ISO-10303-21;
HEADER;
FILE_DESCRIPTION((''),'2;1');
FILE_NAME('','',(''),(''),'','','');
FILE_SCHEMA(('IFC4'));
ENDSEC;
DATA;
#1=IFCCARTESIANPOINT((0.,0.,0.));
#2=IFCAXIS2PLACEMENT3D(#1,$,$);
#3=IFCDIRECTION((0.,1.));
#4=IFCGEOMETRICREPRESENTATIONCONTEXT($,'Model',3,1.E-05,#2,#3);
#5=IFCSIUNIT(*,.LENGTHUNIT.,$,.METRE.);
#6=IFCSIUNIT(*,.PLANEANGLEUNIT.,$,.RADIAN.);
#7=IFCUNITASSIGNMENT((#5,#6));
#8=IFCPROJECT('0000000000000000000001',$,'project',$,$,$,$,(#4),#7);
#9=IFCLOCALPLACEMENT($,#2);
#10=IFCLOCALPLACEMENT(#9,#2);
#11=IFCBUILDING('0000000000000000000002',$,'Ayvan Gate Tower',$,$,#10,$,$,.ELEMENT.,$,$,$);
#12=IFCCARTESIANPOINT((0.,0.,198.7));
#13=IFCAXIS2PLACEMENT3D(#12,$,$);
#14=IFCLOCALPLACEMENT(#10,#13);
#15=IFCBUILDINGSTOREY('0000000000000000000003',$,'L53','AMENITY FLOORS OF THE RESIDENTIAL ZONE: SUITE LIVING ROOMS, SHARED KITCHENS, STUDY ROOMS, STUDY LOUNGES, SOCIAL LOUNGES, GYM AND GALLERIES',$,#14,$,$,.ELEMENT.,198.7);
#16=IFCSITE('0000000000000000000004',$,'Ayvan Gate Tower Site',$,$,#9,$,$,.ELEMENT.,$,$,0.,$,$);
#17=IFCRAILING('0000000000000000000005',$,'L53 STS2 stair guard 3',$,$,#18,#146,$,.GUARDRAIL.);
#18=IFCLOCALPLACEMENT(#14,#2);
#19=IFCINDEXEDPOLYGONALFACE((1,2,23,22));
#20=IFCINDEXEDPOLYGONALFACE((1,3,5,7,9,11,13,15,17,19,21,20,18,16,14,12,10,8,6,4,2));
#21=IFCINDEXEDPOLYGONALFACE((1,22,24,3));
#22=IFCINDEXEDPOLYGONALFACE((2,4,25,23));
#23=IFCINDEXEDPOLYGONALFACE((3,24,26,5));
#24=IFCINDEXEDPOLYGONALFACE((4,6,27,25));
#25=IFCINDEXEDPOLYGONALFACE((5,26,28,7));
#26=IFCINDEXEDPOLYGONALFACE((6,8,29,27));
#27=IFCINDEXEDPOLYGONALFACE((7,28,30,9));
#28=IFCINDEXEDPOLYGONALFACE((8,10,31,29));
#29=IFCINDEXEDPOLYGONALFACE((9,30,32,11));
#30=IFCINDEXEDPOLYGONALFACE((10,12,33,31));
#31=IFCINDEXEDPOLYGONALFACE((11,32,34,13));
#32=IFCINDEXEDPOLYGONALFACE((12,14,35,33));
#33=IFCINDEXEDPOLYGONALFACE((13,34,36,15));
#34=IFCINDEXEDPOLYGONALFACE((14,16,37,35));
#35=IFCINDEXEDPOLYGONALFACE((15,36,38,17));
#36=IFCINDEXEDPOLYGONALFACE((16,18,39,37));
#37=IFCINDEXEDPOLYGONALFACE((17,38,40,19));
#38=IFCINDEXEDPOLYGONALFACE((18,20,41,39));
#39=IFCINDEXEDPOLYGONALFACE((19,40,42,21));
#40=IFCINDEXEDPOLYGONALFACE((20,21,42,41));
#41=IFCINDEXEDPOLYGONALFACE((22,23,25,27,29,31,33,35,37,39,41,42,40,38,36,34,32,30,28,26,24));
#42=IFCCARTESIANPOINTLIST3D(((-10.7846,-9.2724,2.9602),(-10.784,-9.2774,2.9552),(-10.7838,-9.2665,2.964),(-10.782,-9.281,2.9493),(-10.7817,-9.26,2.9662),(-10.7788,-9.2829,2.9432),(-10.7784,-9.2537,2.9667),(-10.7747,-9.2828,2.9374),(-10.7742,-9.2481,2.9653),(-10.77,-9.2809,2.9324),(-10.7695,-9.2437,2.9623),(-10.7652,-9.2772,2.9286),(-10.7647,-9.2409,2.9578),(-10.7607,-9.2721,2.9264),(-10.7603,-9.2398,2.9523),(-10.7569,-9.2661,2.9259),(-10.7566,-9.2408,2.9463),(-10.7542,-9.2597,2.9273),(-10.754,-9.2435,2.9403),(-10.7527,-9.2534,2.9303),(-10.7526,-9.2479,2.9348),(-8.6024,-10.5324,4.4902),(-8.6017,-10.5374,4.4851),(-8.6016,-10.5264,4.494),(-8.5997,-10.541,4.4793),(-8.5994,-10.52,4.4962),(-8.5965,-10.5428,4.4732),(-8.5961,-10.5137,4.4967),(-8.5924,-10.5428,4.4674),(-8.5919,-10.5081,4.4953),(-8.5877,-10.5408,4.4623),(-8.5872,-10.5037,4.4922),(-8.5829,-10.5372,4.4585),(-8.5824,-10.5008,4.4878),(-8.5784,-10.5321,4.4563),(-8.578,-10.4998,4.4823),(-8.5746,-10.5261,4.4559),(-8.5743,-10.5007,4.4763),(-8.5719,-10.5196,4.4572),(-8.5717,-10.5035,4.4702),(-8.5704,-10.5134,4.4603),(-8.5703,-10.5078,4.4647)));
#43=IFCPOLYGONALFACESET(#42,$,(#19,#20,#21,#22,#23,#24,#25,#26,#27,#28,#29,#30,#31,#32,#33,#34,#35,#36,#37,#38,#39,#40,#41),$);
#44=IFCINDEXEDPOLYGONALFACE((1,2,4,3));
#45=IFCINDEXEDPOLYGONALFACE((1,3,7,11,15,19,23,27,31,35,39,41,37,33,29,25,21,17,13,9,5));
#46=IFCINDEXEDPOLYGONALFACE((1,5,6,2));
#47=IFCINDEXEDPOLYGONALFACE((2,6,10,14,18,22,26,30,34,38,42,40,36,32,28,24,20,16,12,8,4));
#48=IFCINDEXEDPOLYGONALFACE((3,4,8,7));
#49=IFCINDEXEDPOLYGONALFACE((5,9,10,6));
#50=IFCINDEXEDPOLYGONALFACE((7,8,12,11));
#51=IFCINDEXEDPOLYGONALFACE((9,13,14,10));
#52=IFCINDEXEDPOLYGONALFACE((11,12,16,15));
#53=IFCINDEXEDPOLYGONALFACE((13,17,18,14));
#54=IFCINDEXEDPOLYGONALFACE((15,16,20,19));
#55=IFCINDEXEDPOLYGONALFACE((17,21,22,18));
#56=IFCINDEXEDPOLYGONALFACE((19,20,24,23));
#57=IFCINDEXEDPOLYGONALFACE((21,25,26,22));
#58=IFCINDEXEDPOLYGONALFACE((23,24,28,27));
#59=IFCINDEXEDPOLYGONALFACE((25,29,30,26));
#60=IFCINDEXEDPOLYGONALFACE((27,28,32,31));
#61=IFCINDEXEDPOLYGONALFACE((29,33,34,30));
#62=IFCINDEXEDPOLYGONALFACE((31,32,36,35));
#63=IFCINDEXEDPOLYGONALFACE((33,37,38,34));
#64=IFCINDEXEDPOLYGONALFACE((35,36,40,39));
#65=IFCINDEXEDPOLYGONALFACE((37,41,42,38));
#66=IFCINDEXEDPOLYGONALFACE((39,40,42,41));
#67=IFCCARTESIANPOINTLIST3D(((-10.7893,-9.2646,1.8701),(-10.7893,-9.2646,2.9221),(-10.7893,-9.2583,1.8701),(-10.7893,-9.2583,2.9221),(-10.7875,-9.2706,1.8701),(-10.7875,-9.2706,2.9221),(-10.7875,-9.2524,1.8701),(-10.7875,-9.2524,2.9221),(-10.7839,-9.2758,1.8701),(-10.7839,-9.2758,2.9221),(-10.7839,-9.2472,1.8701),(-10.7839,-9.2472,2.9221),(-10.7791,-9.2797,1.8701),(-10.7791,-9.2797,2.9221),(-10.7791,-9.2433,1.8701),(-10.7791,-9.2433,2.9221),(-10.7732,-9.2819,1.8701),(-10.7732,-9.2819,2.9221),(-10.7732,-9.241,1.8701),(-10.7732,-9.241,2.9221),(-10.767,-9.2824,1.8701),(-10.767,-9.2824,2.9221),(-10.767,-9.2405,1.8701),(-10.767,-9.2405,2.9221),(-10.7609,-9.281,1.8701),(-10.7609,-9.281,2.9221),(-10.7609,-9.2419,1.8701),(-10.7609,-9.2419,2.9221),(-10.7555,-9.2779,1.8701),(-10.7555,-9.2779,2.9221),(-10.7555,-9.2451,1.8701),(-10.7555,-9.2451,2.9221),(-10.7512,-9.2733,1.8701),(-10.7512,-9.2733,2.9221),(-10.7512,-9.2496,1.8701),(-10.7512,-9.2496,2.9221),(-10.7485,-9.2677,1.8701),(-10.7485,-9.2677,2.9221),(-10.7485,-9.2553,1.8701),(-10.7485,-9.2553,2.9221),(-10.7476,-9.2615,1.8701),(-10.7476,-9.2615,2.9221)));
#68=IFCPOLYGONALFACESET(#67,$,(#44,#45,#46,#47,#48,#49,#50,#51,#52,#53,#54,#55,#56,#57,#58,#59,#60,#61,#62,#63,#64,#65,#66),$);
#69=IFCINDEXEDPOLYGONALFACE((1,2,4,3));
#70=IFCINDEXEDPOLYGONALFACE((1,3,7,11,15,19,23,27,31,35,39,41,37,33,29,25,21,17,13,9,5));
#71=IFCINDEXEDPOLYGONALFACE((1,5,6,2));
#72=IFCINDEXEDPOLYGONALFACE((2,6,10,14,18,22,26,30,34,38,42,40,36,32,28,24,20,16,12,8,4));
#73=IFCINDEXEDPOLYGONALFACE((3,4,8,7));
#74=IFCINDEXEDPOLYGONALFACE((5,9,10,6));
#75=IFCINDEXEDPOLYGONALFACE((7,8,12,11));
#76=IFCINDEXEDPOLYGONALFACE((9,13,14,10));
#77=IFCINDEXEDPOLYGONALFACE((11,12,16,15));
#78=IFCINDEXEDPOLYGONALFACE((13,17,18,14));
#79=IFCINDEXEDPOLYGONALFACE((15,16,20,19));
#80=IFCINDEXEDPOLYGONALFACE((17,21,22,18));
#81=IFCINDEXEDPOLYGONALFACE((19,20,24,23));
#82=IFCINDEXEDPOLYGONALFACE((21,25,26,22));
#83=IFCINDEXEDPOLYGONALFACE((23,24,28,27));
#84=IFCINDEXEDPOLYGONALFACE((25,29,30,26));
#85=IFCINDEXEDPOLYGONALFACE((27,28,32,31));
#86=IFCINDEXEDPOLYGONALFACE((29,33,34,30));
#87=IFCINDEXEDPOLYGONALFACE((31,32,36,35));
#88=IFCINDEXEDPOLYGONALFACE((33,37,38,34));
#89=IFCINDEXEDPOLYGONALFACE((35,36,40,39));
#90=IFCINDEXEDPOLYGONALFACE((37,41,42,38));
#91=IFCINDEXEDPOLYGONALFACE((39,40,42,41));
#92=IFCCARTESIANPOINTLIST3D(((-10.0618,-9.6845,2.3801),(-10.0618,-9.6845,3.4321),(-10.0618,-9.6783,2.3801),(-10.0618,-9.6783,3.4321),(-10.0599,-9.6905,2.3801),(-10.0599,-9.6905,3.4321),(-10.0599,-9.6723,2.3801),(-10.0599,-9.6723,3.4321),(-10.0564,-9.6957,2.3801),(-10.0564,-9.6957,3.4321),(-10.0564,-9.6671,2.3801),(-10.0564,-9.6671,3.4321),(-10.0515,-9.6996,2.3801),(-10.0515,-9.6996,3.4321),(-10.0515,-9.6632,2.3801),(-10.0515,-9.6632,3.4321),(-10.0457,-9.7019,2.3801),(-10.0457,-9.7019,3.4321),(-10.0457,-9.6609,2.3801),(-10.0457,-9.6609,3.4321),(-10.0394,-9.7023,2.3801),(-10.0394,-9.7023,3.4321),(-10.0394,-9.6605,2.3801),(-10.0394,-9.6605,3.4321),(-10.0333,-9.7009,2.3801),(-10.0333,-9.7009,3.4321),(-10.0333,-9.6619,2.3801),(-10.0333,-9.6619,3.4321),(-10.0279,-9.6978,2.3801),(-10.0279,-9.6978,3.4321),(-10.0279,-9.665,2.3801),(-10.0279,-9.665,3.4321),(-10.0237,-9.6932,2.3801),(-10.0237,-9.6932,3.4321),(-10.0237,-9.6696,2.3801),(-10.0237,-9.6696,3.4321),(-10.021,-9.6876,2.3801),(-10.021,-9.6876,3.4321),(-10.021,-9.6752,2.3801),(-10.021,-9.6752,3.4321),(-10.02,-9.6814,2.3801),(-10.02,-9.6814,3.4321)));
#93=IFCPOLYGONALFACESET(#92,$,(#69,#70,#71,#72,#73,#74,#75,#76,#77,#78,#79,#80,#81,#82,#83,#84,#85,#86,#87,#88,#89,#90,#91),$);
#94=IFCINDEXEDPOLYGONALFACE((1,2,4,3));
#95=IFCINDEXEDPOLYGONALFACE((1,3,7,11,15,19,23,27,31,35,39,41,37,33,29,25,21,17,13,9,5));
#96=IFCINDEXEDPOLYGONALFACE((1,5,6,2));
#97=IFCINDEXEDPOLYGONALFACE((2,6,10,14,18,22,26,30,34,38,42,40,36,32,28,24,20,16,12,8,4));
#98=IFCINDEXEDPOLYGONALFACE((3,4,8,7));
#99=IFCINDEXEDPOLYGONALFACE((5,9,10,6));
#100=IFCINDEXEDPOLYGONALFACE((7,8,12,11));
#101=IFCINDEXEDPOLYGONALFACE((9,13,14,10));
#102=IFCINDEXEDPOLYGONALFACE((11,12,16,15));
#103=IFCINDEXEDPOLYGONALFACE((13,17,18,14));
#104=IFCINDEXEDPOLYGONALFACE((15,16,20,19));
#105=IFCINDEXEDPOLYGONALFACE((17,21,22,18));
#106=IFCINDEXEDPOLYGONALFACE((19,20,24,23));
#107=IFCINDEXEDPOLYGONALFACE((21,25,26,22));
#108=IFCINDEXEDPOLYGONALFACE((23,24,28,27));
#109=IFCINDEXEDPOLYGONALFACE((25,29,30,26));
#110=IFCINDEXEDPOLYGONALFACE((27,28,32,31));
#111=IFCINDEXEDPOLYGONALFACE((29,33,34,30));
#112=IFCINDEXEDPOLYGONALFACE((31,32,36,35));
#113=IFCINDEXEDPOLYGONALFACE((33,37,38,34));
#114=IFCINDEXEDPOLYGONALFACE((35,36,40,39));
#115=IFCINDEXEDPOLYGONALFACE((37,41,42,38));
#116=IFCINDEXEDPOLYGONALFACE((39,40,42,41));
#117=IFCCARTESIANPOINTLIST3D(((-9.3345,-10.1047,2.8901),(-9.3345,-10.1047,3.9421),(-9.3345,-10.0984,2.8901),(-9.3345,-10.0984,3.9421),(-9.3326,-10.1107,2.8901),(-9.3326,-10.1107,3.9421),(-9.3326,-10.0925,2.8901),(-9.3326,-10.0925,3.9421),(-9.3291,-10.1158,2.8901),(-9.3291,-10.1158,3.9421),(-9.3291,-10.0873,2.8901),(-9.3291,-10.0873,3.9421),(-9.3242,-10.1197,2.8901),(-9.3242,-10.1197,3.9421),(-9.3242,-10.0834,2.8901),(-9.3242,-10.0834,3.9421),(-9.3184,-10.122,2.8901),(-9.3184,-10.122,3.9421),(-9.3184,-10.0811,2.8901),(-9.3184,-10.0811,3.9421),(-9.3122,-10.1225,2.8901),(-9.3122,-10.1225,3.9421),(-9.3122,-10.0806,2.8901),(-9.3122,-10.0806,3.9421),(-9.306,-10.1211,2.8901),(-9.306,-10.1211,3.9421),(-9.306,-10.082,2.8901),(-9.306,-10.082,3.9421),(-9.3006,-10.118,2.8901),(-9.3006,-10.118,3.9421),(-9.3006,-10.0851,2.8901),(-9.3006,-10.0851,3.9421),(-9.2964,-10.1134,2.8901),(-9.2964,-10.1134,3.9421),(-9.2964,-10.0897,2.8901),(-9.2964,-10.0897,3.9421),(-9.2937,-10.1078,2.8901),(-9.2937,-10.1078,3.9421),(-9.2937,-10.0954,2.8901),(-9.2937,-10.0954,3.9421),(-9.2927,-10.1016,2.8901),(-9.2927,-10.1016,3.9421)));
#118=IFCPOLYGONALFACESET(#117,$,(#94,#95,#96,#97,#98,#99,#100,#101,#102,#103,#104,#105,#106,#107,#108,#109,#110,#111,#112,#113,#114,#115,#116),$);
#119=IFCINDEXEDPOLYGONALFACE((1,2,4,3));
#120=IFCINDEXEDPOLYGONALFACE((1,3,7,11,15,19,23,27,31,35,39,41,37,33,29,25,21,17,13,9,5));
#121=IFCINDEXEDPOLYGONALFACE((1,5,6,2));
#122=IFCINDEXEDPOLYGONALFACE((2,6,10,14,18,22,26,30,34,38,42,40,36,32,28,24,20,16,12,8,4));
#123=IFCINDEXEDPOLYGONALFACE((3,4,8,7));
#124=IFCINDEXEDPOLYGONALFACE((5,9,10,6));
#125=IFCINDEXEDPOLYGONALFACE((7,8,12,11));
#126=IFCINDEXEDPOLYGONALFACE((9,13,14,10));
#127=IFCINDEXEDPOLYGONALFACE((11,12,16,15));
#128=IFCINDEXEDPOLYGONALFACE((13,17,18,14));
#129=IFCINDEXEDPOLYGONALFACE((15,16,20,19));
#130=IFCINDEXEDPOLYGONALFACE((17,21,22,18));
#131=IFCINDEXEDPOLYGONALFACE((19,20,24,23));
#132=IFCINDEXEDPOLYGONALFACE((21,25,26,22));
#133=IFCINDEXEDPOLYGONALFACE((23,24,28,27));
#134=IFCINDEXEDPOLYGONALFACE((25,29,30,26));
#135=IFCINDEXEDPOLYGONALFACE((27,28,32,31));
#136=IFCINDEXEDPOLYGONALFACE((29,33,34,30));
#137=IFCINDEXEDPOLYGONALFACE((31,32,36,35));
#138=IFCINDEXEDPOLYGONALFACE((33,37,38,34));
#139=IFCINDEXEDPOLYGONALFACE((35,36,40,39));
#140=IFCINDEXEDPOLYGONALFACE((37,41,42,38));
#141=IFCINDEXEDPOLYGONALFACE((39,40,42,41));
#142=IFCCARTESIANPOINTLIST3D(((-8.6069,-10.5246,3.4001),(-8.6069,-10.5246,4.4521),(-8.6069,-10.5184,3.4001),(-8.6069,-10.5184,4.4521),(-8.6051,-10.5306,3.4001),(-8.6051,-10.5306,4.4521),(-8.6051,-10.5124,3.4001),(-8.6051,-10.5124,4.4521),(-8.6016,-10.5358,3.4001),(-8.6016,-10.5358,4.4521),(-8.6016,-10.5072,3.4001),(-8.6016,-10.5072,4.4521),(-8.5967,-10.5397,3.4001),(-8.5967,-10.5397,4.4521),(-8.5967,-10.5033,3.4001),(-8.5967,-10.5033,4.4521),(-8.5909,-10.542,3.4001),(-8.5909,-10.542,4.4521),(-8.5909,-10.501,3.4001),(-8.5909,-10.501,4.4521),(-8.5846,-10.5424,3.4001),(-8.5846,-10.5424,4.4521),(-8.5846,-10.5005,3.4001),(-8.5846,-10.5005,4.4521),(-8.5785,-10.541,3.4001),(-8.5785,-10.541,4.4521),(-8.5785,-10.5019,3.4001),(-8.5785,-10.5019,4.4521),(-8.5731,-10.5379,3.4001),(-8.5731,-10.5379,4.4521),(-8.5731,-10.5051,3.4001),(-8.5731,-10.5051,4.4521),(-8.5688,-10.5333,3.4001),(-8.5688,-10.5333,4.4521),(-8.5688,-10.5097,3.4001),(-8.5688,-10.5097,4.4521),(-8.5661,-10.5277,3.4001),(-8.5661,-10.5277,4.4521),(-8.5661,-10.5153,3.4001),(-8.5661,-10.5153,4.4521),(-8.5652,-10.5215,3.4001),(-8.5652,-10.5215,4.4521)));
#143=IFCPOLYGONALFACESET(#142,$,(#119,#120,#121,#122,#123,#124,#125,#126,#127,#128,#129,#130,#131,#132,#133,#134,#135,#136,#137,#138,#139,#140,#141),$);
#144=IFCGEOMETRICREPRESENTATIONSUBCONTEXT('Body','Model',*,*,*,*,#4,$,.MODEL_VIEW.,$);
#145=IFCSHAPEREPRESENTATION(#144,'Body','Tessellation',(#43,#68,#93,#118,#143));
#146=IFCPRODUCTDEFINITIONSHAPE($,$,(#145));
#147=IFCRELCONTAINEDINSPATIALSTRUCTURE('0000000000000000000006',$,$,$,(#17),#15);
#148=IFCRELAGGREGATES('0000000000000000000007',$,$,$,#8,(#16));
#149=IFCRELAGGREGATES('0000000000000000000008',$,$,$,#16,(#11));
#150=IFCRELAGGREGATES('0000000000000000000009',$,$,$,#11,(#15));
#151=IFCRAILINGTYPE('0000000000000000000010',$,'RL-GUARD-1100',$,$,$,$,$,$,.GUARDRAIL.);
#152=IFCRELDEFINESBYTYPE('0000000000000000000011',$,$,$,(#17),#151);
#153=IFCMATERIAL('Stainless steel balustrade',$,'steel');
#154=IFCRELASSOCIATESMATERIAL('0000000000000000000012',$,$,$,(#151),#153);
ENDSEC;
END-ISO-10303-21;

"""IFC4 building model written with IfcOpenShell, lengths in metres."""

from ifc_helpers import new_model, si_unit, direction, frame, origin, origin_2d, place, context, subcontext, project, spatial, circle, extrude, material, type_object, element, save


model = new_model("IFC4")

# Units and contexts
model_context = context("Model", 3, precision=1e-05, world=origin(), true_north=direction((0.0, 1.0)))
body_context = subcontext(model_context, "Body", "Model", "MODEL_VIEW")
ifc_project = project(units=[si_unit("LENGTHUNIT", "METRE"), si_unit("PLANEANGLEUNIT", "RADIAN")], contexts=[model_context])

# Site, building, storey
site_placement = place(None, origin())
site = spatial("IfcSite", under=ifc_project, at=site_placement, Name="Ayvan Gate Tower Site", CompositionType="ELEMENT", RefElevation=0.0)
building_placement = place(site_placement, origin())
building = spatial("IfcBuilding", under=site, at=building_placement, Name="Ayvan Gate Tower", CompositionType="ELEMENT")
storey_placement = place(building_placement, frame((0.0, 0.0, 198.7)))
storey = spatial("IfcBuildingStorey", under=building, at=storey_placement, Name="L53", Description="AMENITY FLOORS OF THE RESIDENTIAL ZONE: SUITE LIVING ROOMS, SHARED KITCHENS, STUDY ROOMS, STUDY LOUNGES, SOCIAL LOUNGES, GYM AND GALLERIES", CompositionType="ELEMENT", Elevation=198.7)

# Railing
ifc_material_1 = material(Name="Stainless steel balustrade", Category="steel")
railing_type_1 = type_object("IfcRailingType", Name="RL-GUARD-1100", PredefinedType="GUARDRAIL", material=ifc_material_1)
railing_1_placement = place(storey_placement, frame((-10.7686, -9.2615, 1.8701)))
element("IfcRailing", 1, at=railing_1_placement, inside=storey, type_object=railing_type_1, Name="L53 STS2 stair guard 3", PredefinedType="GUARDRAIL", context=body_context, shape_type="SweptSolid", body=[
    extrude(circle(Radius=0.0239, at=origin_2d()), frame((0.0, 0.0, 1.0762), z_axis=(0.740261, -0.427395, 0.518986), x_axis=(0.500005, 0.866023, 0.0)), (0.0, 0.0, 1.0), 2.948),
    extrude(circle(Radius=0.021, at=origin_2d()), origin(), (0.0, 0.0, 1.0), 1.052),
    extrude(circle(Radius=0.021, at=origin_2d()), frame((0.7275, -0.4199, 0.51)), (0.0, 0.0, 1.0), 1.052),
    extrude(circle(Radius=0.021, at=origin_2d()), frame((1.4548, -0.8401, 1.02)), (0.0, 0.0, 1.0), 1.052),
    extrude(circle(Radius=0.021, at=origin_2d()), frame((2.1824, -1.26, 1.53)), (0.0, 0.0, 1.0), 1.052),
])

save(model, "model.ifc")
